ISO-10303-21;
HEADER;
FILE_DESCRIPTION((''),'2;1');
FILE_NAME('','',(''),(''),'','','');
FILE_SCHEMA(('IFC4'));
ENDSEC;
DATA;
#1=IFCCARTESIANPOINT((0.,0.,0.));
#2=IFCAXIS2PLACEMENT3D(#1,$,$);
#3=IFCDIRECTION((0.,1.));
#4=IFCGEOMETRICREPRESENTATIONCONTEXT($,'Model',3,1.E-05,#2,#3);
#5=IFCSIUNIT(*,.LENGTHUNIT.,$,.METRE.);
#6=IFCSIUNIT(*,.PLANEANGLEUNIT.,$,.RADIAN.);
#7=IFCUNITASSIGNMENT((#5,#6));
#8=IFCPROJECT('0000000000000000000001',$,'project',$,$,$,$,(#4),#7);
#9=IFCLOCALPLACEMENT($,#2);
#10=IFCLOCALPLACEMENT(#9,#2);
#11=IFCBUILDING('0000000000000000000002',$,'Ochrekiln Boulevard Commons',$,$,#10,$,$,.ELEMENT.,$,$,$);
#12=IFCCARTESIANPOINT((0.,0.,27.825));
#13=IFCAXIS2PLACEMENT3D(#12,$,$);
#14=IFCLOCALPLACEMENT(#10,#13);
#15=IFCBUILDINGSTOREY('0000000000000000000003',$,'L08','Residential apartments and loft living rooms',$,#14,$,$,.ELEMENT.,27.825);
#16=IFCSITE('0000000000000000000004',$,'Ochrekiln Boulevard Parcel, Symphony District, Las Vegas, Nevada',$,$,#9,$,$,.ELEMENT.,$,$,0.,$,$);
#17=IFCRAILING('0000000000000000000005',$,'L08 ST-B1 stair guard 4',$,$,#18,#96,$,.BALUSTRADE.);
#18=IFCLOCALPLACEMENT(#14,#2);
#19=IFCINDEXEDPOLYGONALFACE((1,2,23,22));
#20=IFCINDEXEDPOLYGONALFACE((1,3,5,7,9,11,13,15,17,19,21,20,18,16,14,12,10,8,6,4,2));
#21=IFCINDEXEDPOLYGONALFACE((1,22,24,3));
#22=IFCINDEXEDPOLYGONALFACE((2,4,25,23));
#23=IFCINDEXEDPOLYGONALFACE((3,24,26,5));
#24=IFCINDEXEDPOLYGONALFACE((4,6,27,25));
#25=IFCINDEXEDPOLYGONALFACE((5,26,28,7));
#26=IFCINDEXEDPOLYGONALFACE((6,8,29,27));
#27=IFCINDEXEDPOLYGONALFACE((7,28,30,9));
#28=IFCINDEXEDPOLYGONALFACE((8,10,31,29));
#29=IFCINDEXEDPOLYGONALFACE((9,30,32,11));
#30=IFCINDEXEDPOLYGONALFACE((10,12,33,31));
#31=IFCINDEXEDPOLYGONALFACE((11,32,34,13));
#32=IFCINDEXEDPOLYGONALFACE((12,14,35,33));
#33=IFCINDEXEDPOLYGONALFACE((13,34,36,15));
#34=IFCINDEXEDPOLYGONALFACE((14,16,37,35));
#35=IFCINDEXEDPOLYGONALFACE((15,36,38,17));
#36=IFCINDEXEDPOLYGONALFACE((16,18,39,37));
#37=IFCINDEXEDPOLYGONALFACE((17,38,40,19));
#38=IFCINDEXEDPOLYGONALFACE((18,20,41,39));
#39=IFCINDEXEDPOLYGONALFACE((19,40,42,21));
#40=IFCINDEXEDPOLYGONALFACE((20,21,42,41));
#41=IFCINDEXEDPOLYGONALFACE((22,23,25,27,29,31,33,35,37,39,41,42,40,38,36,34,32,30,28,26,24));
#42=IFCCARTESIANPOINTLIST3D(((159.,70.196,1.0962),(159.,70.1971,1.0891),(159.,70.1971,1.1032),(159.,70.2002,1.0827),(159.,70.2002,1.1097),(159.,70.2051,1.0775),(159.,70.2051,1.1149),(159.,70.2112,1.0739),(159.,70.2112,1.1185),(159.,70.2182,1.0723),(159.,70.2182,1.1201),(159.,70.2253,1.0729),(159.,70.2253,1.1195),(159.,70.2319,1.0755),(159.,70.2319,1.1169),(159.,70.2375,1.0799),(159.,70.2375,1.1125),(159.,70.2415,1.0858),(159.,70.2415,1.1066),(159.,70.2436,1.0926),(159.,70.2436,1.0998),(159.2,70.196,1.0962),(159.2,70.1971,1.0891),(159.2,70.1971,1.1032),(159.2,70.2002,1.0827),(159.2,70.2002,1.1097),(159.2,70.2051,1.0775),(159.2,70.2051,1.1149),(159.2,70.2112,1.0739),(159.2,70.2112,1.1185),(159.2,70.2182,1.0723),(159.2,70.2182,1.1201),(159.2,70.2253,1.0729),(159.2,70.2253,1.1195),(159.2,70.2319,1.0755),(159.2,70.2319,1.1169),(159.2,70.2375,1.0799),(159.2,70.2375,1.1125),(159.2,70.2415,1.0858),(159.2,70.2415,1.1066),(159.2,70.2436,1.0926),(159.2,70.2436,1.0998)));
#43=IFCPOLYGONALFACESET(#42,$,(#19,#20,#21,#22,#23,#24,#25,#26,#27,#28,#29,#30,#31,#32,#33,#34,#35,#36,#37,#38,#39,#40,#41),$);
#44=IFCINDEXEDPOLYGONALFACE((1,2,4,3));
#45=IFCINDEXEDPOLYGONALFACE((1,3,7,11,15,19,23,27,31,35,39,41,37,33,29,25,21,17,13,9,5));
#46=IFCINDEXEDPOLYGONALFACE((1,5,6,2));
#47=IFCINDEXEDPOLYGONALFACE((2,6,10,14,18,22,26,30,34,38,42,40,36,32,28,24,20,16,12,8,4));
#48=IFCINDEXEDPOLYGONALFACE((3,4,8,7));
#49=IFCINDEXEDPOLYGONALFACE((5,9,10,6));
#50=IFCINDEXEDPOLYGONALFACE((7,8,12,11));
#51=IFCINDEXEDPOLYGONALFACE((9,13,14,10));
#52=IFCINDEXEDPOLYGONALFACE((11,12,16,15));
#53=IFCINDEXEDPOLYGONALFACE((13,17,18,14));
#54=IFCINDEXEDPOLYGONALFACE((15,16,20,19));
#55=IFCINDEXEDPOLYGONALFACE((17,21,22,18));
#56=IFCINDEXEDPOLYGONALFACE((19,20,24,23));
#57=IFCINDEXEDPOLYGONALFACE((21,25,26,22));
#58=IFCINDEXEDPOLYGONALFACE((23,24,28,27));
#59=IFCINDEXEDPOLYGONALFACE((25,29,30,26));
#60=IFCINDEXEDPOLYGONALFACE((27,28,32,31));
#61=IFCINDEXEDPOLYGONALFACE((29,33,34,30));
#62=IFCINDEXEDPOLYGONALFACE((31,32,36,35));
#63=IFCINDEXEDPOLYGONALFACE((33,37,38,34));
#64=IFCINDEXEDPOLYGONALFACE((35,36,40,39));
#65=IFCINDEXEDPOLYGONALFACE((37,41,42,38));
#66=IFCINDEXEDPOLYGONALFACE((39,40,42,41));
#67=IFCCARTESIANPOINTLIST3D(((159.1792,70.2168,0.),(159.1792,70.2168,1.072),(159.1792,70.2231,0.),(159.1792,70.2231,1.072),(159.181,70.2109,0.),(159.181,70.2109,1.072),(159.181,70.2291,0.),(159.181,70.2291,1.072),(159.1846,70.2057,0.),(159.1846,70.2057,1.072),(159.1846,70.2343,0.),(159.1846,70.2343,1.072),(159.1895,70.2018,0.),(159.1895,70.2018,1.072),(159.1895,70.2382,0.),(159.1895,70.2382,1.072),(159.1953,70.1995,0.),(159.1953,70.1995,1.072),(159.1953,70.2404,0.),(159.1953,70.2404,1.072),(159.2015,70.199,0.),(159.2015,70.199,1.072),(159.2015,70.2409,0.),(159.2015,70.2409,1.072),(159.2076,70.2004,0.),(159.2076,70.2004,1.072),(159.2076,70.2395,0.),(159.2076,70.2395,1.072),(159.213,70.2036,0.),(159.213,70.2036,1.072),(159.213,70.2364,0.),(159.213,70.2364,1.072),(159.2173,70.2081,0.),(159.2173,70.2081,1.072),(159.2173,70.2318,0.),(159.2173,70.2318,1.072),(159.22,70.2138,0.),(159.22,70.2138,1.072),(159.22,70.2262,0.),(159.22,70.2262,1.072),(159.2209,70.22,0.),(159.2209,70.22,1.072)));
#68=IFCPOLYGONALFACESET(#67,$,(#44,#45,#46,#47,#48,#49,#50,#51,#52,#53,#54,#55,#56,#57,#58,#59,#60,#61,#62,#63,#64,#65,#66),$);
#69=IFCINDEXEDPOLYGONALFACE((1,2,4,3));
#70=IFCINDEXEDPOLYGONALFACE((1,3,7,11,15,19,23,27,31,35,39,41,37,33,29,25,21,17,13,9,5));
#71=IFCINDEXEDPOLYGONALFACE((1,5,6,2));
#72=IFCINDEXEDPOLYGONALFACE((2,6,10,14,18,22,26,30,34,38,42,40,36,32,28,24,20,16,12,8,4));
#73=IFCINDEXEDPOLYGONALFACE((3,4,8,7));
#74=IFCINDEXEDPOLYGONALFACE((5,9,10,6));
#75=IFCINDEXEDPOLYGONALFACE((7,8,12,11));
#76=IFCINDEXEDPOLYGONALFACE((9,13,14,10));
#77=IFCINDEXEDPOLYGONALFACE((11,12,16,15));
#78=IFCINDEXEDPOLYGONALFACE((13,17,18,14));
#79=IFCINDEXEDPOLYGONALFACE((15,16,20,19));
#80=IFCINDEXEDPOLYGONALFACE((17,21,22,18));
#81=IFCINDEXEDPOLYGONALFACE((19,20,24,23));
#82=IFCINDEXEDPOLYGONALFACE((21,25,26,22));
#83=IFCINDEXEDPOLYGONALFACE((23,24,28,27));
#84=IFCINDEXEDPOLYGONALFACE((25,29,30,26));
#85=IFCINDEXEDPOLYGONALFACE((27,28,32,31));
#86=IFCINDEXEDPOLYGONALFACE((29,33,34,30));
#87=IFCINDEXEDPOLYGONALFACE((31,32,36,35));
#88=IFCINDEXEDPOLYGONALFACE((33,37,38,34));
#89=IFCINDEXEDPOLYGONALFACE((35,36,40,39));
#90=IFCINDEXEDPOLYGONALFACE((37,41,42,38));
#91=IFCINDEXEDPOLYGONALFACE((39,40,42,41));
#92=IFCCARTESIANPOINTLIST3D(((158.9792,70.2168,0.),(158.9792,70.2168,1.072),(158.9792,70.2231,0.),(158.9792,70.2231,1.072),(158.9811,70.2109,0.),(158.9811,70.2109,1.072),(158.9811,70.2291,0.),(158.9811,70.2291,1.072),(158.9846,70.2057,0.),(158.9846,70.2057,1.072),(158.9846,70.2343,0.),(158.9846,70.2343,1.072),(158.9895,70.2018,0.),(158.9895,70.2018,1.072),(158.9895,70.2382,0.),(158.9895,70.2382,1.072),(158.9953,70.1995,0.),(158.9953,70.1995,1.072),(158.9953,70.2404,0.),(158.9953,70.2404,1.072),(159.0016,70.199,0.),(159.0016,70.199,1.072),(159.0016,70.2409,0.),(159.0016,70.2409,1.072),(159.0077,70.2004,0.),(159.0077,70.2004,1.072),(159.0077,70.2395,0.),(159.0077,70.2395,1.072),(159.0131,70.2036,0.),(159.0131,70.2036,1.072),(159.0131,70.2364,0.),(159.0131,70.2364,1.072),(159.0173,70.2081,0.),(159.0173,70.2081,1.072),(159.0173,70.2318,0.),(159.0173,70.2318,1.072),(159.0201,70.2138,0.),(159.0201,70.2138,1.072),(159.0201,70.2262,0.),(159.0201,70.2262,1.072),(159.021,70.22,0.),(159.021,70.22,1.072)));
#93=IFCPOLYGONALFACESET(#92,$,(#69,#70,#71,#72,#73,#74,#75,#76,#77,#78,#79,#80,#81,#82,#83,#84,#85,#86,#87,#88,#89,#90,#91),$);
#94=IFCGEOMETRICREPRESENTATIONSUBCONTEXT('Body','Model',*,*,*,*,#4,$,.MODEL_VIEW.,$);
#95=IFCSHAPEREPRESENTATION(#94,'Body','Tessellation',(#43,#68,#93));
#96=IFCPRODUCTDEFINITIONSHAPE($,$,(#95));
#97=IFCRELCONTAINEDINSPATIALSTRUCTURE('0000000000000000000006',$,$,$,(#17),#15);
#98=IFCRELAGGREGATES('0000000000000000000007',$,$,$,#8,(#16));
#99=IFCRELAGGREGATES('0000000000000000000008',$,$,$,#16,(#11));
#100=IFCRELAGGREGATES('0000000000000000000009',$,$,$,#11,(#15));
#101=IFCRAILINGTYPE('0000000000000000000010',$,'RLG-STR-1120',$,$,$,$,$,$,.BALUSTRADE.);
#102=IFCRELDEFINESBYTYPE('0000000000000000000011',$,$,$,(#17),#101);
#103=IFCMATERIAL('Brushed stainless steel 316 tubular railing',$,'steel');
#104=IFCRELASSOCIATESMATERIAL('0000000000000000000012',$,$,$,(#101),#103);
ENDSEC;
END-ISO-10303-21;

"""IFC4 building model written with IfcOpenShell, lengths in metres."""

from ifc_helpers import new_model, si_unit, direction, frame, origin, origin_2d, place, context, subcontext, project, spatial, circle, extrude, material, type_object, element, save


model = new_model("IFC4")

# Units and contexts
model_context = context("Model", 3, precision=1e-05, world=origin(), true_north=direction((0.0, 1.0)))
body_context = subcontext(model_context, "Body", "Model", "MODEL_VIEW")
ifc_project = project(units=[si_unit("LENGTHUNIT", "METRE"), si_unit("PLANEANGLEUNIT", "RADIAN")], contexts=[model_context])

# Site, building, storey
site_placement = place(None, origin())
site = spatial("IfcSite", under=ifc_project, at=site_placement, Name="Ochrekiln Boulevard Parcel, Symphony District, Las Vegas, Nevada", CompositionType="ELEMENT", RefElevation=0.0)
building_placement = place(site_placement, origin())
building = spatial("IfcBuilding", under=site, at=building_placement, Name="Ochrekiln Boulevard Commons", CompositionType="ELEMENT")
storey_placement = place(building_placement, frame((0.0, 0.0, 27.825)))
storey = spatial("IfcBuildingStorey", under=building, at=storey_placement, Name="L08", Description="Residential apartments and loft living rooms", CompositionType="ELEMENT", Elevation=27.825)

# Railing
ifc_material_1 = material(Name="Brushed stainless steel 316 tubular railing", Category="steel")
railing_type_1 = type_object("IfcRailingType", Name="RLG-STR-1120", PredefinedType="BALUSTRADE", material=ifc_material_1)
railing_1_placement = place(storey_placement, frame((159.2, 70.22, 0.0)))
element("IfcRailing", 1, at=railing_1_placement, inside=storey, type_object=railing_type_1, Name="L08 ST-B1 stair guard 4", PredefinedType="BALUSTRADE", context=body_context, shape_type="SweptSolid", body=[
    extrude(circle(Radius=0.0239, at=origin_2d()), frame((0.0, 0.0, 1.0962), z_axis=(-1.0, 0.0, 0.0), x_axis=(0.0, -1.0, 0.0)), (0.0, 0.0, 1.0), 0.2),
    extrude(circle(Radius=0.021, at=origin_2d()), origin(), (0.0, 0.0, 1.0), 1.072),
    extrude(circle(Radius=0.021, at=origin_2d()), frame((-0.2, 0.0, 0.0)), (0.0, 0.0, 1.0), 1.072),
])

save(model, "model.ifc")
